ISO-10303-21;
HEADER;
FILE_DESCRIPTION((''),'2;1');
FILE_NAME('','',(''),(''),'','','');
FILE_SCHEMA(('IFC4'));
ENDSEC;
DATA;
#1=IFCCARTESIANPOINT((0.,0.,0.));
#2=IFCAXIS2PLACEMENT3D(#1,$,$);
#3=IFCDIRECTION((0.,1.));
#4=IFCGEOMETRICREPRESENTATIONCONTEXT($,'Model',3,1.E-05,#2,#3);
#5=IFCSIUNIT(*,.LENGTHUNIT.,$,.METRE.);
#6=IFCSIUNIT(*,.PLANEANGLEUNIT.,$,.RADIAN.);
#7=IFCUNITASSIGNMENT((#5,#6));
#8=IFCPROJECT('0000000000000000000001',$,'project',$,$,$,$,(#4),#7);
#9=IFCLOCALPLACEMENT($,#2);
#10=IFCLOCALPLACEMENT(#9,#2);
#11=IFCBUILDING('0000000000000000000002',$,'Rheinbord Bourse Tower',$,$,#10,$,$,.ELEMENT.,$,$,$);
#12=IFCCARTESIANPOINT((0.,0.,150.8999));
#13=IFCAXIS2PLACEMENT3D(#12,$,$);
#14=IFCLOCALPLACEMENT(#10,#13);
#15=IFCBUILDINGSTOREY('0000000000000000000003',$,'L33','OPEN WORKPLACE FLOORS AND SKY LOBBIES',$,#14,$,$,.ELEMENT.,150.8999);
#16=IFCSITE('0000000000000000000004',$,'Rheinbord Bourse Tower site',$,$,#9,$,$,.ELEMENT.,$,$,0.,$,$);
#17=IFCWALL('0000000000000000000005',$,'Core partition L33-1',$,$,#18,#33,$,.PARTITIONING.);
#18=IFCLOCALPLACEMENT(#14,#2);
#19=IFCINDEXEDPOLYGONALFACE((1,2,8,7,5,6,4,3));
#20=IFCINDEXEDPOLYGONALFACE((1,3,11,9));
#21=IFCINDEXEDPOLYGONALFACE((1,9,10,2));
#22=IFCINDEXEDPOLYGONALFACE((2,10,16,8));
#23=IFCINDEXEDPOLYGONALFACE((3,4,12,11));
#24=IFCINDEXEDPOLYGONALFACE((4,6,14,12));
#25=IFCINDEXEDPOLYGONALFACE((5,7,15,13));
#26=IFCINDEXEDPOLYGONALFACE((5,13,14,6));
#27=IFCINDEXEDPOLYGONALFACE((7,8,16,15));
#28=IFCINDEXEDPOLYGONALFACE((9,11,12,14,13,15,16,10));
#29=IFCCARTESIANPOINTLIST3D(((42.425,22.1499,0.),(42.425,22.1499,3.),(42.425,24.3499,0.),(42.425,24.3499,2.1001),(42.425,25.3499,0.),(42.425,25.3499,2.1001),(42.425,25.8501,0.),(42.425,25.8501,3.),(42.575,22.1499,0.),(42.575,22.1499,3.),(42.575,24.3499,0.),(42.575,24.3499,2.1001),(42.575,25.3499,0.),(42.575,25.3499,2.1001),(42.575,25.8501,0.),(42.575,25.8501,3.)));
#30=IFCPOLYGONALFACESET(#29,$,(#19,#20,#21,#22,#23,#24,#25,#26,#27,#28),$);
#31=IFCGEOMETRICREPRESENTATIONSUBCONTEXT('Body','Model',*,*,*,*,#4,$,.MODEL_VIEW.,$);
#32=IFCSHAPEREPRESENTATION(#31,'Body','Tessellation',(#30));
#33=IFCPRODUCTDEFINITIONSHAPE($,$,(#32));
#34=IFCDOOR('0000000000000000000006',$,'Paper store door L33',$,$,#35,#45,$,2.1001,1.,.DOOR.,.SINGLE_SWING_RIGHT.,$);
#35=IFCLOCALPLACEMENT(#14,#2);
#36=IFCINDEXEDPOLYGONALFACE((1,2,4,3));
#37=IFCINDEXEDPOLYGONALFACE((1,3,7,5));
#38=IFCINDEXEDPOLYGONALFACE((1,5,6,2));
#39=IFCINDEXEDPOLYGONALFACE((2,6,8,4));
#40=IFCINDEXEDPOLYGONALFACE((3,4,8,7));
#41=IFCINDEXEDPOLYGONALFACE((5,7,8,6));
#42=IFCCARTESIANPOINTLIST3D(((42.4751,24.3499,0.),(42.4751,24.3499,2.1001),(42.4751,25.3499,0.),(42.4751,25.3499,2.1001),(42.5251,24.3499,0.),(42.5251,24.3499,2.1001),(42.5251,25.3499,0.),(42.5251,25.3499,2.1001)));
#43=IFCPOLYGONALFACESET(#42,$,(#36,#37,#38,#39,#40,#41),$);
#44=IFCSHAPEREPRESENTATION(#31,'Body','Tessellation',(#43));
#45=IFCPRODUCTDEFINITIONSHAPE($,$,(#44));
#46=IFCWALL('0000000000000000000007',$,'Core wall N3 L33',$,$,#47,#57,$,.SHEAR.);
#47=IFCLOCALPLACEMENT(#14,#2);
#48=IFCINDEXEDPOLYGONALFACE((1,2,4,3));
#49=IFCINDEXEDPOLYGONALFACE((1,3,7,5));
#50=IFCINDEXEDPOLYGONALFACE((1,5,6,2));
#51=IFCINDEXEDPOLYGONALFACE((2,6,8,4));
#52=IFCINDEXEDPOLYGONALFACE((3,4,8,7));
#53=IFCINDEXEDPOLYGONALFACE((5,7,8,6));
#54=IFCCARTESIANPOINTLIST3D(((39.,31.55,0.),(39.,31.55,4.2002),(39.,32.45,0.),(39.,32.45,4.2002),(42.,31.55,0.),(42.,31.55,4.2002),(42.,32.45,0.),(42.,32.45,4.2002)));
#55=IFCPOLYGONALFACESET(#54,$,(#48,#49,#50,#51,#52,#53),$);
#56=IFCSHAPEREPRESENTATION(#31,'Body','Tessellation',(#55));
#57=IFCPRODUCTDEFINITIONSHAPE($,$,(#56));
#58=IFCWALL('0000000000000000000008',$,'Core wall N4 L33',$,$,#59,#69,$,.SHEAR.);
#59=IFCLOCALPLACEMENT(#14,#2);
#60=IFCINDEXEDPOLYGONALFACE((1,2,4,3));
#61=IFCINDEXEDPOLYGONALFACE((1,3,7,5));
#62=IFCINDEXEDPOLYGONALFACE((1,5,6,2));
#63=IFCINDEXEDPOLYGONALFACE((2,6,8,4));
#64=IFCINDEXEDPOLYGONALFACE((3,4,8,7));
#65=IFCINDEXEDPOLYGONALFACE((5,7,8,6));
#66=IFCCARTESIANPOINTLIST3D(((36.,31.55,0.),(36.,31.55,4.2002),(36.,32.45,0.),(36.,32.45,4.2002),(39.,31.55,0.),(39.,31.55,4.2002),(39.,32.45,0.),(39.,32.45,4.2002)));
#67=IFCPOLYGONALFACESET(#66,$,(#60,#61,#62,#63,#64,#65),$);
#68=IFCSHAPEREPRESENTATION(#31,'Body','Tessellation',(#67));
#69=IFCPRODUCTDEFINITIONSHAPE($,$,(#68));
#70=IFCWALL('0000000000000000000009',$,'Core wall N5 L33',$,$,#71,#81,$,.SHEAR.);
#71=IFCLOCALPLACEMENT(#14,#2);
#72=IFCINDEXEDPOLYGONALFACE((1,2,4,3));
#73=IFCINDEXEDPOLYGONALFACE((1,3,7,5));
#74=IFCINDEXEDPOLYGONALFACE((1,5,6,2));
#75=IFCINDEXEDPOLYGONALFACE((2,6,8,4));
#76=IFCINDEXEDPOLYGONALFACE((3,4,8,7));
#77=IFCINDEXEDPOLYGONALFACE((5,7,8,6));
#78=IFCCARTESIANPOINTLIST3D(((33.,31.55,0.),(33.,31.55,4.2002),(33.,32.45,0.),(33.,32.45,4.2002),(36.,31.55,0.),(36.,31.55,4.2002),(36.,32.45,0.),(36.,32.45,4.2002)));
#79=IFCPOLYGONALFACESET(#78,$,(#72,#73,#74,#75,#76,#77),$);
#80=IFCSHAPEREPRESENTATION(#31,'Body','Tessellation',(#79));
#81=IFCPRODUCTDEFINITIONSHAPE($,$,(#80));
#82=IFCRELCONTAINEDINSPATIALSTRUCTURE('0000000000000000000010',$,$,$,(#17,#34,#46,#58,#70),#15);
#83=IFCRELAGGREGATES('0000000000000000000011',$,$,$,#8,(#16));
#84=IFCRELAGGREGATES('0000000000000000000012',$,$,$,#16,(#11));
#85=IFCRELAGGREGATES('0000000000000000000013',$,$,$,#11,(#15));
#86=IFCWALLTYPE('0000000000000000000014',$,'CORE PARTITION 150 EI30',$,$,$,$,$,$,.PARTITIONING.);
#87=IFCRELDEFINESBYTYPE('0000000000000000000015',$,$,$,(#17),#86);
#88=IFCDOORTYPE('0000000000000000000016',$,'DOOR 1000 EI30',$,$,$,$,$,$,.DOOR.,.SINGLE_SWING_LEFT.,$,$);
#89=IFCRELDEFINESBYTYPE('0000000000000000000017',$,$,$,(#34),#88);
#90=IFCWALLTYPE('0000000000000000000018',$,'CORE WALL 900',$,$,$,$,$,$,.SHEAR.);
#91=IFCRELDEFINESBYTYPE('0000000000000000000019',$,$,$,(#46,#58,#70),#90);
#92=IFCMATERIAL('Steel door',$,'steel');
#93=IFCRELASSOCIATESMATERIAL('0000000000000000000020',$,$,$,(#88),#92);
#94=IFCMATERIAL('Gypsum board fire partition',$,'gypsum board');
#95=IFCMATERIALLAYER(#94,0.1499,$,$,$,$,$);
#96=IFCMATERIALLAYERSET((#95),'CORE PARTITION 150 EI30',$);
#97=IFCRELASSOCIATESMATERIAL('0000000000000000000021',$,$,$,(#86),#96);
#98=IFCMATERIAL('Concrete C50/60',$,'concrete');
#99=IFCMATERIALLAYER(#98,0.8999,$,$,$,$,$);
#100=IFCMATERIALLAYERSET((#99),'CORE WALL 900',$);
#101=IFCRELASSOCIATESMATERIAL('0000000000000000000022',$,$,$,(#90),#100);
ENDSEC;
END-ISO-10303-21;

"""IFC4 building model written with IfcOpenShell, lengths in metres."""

from ifc_helpers import new_model, si_unit, direction, frame, frame_2d, origin, place, context, subcontext, project, spatial, rectangle, extrude, material, layer, layer_set, type_object, element, fill, save


model = new_model("IFC4")

# Units and contexts
model_context = context("Model", 3, precision=1e-05, world=origin(), true_north=direction((0.0, 1.0)))
body_context = subcontext(model_context, "Body", "Model", "MODEL_VIEW")
ifc_project = project(units=[si_unit("LENGTHUNIT", "METRE"), si_unit("PLANEANGLEUNIT", "RADIAN")], contexts=[model_context])

# Site, building, storey
site_placement = place(None, origin())
site = spatial("IfcSite", under=ifc_project, at=site_placement, Name="Rheinbord Bourse Tower site", CompositionType="ELEMENT", RefElevation=0.0)
building_placement = place(site_placement, origin())
building = spatial("IfcBuilding", under=site, at=building_placement, Name="Rheinbord Bourse Tower", CompositionType="ELEMENT")
storey_placement = place(building_placement, frame((0.0, 0.0, 150.8999)))
storey = spatial("IfcBuildingStorey", under=building, at=storey_placement, Name="L33", Description="OPEN WORKPLACE FLOORS AND SKY LOBBIES", CompositionType="ELEMENT", Elevation=150.8999)

# Shared definitions
ifc_material_1 = material(Name="Steel door", Category="steel")
door_type_1 = type_object("IfcDoorType", Name="DOOR 1000 EI30", OperationType="SINGLE_SWING_LEFT", PredefinedType="DOOR", material=ifc_material_1)

# Wall, opening, door
ifc_material_2 = material(Name="Gypsum board fire partition", Category="gypsum board")
ifc_layer_1 = layer(ifc_material_2, 0.1499)
ifc_layer_set_1 = layer_set([ifc_layer_1], Name="CORE PARTITION 150 EI30")
wall_type_1 = type_object("IfcWallType", Name="CORE PARTITION 150 EI30", PredefinedType="PARTITIONING", material=ifc_layer_set_1)
wall_1_placement = place(storey_placement, frame((42.5, 22.1499, 0.0), z_axis=(0.0, 0.0, 1.0), x_axis=(0.0, 1.0, 0.0)))
wall_1 = element("IfcWall", 1, at=wall_1_placement, inside=storey, type_object=wall_type_1, Name="Core partition L33-1", PredefinedType="PARTITIONING", context=body_context, shape_type="SweptSolid", body=[
    extrude(rectangle(XDim=3.7002, YDim=0.1499, at=frame_2d((1.8501, 0.0))), origin(), (0.0, 0.0, 1.0), 3.0),
])
opening_1_placement = place(wall_1_placement, frame((2.2, 0.0, 0.0)))
opening_1 = element("IfcOpeningElement", 2, at=opening_1_placement, cuts=wall_1, PredefinedType="OPENING", context=body_context, shape_type="SweptSolid", body=[
    extrude(rectangle(XDim=1.0, YDim=2.1001, at=frame_2d((0.5, 1.05))), frame((0.0, 0.085, 0.0), z_axis=(0.0, -1.0, 0.0), x_axis=(1.0, 0.0, 0.0)), (0.0, 0.0, 1.0), 0.1699),
])
door_1_placement = place(opening_1_placement, origin())
door_1 = element("IfcDoor", 3, at=door_1_placement, inside=storey, type_object=door_type_1, Name="Paper store door L33", OperationType="SINGLE_SWING_RIGHT", OverallHeight=2.1001, OverallWidth=1.0, PredefinedType="DOOR", context=body_context, shape_type="SweptSolid", body=[
    extrude(rectangle(XDim=1.0, YDim=2.1001, at=frame_2d((0.5, 1.05))), frame((0.0, 0.0249, 0.0), z_axis=(0.0, -1.0, 0.0), x_axis=(1.0, 0.0, 0.0)), (0.0, 0.0, 1.0), 0.05),
])
fill(opening_1, door_1)

# Walls
ifc_material_3 = material(Name="Concrete C50/60", Category="concrete")
ifc_layer_2 = layer(ifc_material_3, 0.8999)
ifc_layer_set_2 = layer_set([ifc_layer_2], Name="CORE WALL 900")
wall_type_2 = type_object("IfcWallType", Name="CORE WALL 900", PredefinedType="SHEAR", material=ifc_layer_set_2)
for number, where, z_axis, x_axis, name in (
    (4, (42.0, 32.0, 0.0), (0.0, 0.0, 1.0), (-1.0, 0.0, 0.0), "Core wall N3 L33"),
    (5, (39.0, 32.0, 0.0), (0.0, 0.0, 1.0), (-1.0, 0.0, 0.0), "Core wall N4 L33"),
    (6, (36.0, 32.0, 0.0), (0.0, 0.0, 1.0), (-1.0, 0.0, 0.0), "Core wall N5 L33"),
):
    element("IfcWall", number, at=place(storey_placement, frame(where, z_axis=z_axis, x_axis=x_axis)), inside=storey, type_object=wall_type_2, Name=name, PredefinedType="SHEAR", context=body_context, shape_type="SweptSolid", body=[
        extrude(rectangle(XDim=3.0, YDim=0.8999, at=frame_2d((1.5, 0.0))), origin(), (0.0, 0.0, 1.0), 4.2002),
    ])

save(model, "model.ifc")
